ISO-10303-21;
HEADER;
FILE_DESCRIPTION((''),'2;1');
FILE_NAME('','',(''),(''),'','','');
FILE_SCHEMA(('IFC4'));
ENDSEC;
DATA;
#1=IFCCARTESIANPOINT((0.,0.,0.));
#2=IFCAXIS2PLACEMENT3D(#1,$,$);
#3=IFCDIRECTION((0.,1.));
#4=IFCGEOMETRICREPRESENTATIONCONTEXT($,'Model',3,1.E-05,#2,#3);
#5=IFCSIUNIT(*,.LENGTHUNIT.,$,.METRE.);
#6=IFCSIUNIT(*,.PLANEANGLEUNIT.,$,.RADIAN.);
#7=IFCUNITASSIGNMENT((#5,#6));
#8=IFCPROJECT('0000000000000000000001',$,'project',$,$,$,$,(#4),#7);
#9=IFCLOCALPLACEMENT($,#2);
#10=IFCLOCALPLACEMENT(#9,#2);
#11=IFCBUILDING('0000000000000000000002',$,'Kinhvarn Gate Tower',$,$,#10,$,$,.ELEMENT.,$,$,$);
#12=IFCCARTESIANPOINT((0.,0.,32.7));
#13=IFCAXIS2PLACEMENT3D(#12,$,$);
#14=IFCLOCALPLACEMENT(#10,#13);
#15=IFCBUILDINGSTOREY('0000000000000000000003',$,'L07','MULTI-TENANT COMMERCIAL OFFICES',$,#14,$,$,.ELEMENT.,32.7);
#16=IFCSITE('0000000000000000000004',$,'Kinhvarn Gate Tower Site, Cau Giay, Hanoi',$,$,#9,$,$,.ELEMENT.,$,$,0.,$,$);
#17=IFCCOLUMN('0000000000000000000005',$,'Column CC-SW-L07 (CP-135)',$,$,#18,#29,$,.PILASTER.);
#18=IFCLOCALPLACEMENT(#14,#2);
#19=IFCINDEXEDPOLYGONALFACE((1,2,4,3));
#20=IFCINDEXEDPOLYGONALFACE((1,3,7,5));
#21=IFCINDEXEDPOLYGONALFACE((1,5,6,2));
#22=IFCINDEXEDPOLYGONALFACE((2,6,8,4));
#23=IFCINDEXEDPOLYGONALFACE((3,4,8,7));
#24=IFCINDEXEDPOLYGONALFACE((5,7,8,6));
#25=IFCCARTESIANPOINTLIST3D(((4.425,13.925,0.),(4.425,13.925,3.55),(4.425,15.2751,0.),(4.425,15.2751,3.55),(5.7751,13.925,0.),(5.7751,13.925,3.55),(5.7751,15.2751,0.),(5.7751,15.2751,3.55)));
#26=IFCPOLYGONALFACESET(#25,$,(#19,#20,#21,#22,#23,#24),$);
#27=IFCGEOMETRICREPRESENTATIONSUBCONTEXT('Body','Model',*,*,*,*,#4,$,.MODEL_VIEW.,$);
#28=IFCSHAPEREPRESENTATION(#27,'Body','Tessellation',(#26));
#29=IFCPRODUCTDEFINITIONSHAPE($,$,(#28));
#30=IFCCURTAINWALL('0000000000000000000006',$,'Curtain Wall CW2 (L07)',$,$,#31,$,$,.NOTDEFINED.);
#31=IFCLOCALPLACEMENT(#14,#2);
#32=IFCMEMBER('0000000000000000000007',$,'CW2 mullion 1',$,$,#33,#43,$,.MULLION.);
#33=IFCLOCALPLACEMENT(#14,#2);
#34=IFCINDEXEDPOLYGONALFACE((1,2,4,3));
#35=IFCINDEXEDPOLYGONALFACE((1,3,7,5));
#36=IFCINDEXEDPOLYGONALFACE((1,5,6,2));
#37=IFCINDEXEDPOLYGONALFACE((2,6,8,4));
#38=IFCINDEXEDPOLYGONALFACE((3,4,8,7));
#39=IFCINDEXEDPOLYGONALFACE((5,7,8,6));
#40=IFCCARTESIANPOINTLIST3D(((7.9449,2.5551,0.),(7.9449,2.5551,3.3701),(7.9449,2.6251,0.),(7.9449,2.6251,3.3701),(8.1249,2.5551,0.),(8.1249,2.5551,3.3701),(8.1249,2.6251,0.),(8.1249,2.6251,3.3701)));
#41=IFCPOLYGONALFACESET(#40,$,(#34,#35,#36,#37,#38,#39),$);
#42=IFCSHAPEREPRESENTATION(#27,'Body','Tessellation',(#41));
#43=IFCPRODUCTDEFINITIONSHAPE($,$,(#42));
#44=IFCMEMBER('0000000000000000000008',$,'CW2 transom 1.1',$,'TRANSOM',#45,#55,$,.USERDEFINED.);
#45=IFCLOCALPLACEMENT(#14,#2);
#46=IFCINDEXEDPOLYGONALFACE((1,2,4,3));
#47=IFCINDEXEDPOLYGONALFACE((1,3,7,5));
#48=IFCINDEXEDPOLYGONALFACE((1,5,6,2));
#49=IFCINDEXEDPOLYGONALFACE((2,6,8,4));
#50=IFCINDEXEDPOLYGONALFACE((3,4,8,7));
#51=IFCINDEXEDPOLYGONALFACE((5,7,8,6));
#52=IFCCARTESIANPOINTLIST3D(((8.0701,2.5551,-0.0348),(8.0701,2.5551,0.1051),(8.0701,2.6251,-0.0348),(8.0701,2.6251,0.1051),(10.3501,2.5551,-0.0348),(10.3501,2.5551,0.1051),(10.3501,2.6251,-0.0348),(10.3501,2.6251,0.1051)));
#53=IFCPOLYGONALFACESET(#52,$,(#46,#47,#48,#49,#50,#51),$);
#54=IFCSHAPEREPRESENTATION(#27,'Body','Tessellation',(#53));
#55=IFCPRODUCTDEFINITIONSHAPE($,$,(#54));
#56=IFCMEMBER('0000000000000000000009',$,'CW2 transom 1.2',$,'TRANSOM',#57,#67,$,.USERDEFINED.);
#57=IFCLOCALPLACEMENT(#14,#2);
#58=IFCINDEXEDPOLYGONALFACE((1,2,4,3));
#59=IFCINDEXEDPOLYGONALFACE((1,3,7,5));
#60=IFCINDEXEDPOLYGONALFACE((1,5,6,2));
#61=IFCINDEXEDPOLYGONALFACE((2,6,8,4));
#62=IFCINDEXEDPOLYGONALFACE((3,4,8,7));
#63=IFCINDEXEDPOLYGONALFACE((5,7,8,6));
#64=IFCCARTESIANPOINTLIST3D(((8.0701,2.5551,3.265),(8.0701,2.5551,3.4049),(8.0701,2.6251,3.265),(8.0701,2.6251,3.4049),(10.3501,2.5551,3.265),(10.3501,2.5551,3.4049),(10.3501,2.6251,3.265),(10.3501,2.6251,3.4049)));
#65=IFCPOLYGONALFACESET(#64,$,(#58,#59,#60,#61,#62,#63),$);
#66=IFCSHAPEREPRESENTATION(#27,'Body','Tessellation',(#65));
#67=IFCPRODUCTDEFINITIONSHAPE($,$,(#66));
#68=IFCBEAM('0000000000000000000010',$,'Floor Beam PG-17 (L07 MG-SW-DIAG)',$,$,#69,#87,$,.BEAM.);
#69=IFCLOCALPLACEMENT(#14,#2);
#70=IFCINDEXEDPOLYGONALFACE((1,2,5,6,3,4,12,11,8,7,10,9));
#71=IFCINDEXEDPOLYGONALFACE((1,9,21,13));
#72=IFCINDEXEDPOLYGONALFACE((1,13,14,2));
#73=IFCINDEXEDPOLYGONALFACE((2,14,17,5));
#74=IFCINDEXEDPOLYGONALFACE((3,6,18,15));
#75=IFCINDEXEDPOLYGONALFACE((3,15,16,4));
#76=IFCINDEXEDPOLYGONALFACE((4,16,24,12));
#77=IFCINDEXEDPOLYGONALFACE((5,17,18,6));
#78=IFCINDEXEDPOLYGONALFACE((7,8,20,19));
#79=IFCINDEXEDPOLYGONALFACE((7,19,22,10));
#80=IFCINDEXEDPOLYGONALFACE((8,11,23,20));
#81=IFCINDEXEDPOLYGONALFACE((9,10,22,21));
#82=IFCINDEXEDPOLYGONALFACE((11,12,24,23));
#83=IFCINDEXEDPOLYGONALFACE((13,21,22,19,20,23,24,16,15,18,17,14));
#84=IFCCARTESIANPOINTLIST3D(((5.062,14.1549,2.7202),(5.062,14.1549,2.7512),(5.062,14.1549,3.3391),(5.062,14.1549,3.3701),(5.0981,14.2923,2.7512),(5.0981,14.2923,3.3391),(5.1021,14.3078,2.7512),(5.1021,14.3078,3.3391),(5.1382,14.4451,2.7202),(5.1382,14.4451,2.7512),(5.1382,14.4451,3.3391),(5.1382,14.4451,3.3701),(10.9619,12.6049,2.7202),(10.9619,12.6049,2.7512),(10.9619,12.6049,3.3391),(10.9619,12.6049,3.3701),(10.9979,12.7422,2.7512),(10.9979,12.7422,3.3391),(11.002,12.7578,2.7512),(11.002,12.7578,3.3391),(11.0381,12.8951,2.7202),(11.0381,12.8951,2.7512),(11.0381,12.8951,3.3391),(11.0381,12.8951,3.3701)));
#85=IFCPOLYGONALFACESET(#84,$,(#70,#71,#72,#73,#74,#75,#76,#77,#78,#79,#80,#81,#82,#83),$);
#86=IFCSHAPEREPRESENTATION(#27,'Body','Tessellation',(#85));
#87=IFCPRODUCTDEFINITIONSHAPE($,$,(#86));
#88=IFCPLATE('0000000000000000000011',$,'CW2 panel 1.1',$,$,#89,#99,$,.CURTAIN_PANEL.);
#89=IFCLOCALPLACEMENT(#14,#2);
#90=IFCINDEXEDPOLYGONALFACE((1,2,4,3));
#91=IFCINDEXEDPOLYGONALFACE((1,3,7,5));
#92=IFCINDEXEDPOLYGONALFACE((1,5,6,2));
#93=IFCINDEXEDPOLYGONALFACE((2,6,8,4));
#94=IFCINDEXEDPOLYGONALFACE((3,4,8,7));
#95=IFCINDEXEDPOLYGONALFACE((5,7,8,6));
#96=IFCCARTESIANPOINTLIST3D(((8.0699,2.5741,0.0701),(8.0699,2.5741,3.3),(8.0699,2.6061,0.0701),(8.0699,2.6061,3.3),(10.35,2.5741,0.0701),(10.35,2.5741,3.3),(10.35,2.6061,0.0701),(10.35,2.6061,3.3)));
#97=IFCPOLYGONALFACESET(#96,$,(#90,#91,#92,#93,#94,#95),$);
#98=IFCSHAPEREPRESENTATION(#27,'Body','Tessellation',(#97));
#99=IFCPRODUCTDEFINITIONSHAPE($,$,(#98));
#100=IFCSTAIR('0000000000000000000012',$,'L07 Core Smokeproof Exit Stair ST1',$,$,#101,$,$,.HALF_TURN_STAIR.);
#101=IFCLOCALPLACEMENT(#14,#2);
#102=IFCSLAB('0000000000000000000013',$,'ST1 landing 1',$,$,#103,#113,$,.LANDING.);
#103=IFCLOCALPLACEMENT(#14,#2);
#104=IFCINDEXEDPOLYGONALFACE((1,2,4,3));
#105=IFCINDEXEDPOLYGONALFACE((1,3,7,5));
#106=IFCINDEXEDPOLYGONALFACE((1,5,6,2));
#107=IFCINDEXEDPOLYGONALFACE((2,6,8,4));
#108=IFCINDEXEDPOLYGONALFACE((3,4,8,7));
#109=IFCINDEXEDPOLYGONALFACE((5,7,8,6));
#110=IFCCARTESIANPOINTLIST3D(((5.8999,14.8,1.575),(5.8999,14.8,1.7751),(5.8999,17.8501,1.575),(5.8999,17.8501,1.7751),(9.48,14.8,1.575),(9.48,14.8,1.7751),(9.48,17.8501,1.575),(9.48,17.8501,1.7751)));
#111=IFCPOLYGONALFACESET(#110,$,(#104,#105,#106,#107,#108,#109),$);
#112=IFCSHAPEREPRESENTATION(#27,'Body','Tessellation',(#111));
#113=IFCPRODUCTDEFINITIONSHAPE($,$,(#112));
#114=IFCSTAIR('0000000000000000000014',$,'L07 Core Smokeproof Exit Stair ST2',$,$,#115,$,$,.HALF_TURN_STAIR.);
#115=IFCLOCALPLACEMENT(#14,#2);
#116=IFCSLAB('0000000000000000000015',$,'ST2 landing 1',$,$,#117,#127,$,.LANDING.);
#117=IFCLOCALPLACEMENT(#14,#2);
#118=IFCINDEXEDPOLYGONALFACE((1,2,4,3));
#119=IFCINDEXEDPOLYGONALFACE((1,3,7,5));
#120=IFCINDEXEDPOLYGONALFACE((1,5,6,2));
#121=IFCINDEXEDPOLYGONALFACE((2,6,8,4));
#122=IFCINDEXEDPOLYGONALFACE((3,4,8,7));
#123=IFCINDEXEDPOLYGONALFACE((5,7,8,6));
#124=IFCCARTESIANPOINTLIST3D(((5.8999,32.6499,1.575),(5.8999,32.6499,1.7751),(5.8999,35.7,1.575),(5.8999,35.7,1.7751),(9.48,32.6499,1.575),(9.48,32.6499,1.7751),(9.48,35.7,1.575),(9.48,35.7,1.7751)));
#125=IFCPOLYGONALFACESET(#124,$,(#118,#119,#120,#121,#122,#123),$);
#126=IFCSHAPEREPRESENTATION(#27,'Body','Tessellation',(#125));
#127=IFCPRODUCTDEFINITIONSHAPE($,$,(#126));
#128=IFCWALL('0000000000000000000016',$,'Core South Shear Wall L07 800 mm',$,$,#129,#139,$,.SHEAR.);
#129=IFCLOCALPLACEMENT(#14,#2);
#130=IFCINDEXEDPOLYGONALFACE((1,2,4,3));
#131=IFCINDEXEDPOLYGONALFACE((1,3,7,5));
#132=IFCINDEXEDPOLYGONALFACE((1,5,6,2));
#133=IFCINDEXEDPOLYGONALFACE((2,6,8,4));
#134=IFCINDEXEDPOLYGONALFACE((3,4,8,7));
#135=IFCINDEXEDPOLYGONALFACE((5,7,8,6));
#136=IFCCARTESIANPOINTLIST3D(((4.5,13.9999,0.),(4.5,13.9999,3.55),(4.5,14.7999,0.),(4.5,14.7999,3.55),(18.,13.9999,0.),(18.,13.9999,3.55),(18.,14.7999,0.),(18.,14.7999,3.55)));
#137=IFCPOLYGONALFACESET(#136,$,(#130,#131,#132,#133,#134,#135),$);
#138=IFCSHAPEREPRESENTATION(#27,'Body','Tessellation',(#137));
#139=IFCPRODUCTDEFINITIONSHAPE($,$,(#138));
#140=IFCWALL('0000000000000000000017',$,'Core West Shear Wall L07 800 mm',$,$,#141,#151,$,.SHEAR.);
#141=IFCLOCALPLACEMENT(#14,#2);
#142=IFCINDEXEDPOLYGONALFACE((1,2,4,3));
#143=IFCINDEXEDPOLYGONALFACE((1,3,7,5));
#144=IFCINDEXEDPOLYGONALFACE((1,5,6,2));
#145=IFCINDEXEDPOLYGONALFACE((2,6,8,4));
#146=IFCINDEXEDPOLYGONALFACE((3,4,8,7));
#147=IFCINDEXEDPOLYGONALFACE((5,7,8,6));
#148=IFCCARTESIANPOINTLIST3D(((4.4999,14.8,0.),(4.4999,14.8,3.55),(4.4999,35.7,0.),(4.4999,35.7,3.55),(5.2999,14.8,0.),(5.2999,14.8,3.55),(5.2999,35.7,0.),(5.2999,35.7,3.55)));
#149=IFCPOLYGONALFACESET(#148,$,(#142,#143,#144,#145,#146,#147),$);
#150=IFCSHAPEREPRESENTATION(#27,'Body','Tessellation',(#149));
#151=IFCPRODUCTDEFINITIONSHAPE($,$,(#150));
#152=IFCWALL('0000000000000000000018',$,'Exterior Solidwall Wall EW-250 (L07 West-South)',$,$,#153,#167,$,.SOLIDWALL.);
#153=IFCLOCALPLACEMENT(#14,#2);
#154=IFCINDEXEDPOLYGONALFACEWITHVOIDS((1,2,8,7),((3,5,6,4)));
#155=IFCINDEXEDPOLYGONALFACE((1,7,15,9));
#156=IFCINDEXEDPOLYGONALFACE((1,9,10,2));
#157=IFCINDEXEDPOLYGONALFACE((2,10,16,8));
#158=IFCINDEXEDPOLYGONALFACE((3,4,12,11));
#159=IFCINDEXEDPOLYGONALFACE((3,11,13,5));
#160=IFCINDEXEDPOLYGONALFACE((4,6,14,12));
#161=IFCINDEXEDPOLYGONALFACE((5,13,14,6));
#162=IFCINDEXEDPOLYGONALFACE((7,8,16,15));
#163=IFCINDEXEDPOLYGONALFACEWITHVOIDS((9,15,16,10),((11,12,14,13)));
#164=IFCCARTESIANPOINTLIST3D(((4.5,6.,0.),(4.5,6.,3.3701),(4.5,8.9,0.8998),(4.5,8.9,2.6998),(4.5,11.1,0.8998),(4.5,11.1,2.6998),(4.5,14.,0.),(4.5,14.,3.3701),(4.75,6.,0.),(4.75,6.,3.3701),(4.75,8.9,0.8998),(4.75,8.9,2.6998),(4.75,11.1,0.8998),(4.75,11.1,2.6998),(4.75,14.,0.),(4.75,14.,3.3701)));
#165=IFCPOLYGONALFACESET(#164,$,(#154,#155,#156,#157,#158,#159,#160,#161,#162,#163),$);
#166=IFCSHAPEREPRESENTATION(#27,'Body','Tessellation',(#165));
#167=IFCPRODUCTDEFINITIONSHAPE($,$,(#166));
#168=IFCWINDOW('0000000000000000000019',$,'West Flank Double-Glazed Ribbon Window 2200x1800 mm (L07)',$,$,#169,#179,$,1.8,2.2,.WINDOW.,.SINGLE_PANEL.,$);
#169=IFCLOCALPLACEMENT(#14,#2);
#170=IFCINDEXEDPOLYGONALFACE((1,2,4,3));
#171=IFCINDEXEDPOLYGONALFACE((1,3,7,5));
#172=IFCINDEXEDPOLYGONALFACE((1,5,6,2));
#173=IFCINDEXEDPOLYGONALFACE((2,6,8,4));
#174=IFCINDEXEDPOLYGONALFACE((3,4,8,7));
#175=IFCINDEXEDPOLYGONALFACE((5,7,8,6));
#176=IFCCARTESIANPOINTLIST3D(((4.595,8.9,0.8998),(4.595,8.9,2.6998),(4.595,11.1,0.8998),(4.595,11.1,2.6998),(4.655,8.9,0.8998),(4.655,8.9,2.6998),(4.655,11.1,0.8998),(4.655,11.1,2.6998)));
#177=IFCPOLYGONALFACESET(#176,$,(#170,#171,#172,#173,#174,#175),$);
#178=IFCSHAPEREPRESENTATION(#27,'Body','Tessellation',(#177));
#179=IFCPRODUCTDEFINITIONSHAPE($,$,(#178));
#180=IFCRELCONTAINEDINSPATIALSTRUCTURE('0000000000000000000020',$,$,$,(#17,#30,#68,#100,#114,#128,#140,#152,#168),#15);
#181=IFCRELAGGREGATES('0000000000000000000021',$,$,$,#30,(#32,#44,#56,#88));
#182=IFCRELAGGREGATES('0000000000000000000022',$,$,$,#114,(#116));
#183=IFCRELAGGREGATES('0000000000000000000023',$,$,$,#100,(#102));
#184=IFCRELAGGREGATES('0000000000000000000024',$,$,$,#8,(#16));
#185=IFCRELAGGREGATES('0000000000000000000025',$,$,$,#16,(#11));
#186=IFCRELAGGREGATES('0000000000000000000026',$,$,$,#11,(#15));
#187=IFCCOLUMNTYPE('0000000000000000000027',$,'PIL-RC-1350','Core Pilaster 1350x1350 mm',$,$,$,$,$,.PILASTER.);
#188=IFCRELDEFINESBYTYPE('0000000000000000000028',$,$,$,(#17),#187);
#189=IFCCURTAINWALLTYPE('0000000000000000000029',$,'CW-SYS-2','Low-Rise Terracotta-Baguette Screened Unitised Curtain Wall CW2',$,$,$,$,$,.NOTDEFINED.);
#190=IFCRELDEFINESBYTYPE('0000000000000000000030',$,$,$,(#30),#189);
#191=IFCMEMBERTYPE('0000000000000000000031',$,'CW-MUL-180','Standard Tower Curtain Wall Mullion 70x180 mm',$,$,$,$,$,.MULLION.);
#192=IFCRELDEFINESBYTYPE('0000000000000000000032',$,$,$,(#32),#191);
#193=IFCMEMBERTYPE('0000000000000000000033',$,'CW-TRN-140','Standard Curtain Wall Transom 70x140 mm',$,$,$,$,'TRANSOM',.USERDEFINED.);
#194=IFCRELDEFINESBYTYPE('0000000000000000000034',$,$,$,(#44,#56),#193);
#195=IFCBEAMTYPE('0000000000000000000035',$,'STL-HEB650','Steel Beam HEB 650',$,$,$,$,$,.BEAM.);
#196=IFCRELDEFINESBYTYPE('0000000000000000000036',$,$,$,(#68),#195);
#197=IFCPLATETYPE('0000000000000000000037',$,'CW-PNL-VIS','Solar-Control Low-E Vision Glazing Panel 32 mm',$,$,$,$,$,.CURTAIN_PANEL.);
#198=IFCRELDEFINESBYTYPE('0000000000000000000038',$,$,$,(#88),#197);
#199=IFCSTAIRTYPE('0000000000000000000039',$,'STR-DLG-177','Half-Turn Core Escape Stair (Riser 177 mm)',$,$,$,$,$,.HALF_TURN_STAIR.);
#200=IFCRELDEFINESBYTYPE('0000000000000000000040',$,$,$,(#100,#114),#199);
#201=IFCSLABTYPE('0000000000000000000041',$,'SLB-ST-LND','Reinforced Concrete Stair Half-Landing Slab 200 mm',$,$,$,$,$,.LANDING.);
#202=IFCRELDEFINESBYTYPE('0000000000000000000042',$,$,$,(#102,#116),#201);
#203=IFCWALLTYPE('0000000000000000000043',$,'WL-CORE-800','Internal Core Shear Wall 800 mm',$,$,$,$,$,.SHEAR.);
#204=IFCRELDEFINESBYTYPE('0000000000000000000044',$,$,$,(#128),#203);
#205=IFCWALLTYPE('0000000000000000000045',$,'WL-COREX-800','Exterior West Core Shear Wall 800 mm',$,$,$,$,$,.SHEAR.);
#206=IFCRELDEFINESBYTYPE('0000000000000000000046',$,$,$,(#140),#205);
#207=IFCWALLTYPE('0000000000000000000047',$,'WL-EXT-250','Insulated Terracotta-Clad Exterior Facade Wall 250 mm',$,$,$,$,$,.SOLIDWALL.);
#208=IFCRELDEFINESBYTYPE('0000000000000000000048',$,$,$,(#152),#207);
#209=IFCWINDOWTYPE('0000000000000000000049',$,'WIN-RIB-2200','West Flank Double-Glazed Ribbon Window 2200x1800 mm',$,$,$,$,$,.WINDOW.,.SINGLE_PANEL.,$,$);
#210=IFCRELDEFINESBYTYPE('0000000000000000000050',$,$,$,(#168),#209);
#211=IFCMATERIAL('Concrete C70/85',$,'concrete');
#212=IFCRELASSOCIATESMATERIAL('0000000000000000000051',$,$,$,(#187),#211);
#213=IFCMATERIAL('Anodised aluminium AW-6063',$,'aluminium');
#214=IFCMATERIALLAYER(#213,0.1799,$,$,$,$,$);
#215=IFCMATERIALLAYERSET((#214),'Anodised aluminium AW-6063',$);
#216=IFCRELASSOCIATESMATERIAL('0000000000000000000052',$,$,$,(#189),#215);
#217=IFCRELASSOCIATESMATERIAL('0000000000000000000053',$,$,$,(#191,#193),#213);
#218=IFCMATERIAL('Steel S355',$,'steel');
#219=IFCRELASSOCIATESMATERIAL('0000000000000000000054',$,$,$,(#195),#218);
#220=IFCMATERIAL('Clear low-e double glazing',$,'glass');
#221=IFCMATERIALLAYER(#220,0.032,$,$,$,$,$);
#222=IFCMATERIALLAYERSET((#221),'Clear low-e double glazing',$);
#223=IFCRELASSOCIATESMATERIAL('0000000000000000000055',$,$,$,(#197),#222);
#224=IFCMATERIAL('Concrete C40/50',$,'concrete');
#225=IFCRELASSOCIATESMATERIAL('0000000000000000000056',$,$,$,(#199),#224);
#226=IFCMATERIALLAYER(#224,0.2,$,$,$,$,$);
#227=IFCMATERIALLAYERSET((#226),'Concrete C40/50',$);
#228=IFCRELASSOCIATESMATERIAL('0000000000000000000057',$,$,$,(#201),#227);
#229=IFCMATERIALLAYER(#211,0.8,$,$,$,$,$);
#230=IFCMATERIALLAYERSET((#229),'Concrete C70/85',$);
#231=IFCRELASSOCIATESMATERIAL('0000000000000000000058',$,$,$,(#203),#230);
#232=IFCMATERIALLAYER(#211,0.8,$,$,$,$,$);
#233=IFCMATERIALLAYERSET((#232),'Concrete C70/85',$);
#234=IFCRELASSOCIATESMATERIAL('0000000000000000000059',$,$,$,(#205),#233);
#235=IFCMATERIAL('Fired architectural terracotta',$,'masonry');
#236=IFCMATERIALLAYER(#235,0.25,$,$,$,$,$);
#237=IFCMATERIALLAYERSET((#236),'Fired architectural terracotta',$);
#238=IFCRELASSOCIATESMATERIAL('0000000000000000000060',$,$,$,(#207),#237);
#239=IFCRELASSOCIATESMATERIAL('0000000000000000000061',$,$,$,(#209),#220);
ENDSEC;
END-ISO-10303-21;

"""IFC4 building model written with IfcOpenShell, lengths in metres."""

from ifc_helpers import new_model, si_unit, direction, frame, frame_2d, origin, origin_2d, place, context, subcontext, project, spatial, polyline, rectangle, i_section, outline, extrude, material, layer, layer_set, material_profile, profile_set, type_object, element, fill, aggregate, save


model = new_model("IFC4")

# Units and contexts
model_context = context("Model", 3, precision=1e-05, world=origin(), true_north=direction((0.0, 1.0)))
body_context = subcontext(model_context, "Body", "Model", "MODEL_VIEW")
ifc_project = project(units=[si_unit("LENGTHUNIT", "METRE"), si_unit("PLANEANGLEUNIT", "RADIAN")], contexts=[model_context])

# Site, building, storey
site_placement = place(None, origin())
site = spatial("IfcSite", under=ifc_project, at=site_placement, Name="Kinhvarn Gate Tower Site, Cau Giay, Hanoi", CompositionType="ELEMENT", RefElevation=0.0)
building_placement = place(site_placement, origin())
building = spatial("IfcBuilding", under=site, at=building_placement, Name="Kinhvarn Gate Tower", CompositionType="ELEMENT")
storey_placement = place(building_placement, frame((0.0, 0.0, 32.7)))
storey = spatial("IfcBuildingStorey", under=building, at=storey_placement, Name="L07", Description="MULTI-TENANT COMMERCIAL OFFICES", CompositionType="ELEMENT", Elevation=32.7)

# Column
ifc_material_1 = material(Name="Concrete C70/85", Category="concrete")
ifc_material_profile_1 = material_profile(ifc_material_1, rectangle(XDim=1.3501, YDim=1.3501, at=origin_2d()), Name="RC 1350x1350")
ifc_profile_set_1 = profile_set([ifc_material_profile_1], Name="Concrete C70/85")
column_type = type_object("IfcColumnType", Name="PIL-RC-1350", Description="Core Pilaster 1350x1350 mm", PredefinedType="PILASTER", material=ifc_profile_set_1)
column_placement = place(storey_placement, frame((5.1001, 14.6001, 0.0), z_axis=(0.0, 0.0, 1.0), x_axis=(1.0, 0.0, 0.0)))
element("IfcColumn", 1, at=column_placement, inside=storey, type_object=column_type, Name="Column CC-SW-L07 (CP-135)", PredefinedType="PILASTER", context=body_context, shape_type="SweptSolid", body=[
    extrude(rectangle(XDim=1.3501, YDim=1.3501, at=origin_2d()), origin(), (0.0, 0.0, 1.0), 3.55),
])

# Curtain wall, members
ifc_material_2 = material(Name="Anodised aluminium AW-6063", Category="aluminium")
ifc_layer_1 = layer(ifc_material_2, 0.1799)
ifc_layer_set_1 = layer_set([ifc_layer_1], Name="Anodised aluminium AW-6063")
curtain_wall_type = type_object("IfcCurtainWallType", Name="CW-SYS-2", Description="Low-Rise Terracotta-Baguette Screened Unitised Curtain Wall CW2", PredefinedType="NOTDEFINED", material=ifc_layer_set_1)
curtain_wall_placement = place(storey_placement, origin())
curtain_wall = element("IfcCurtainWall", 2, at=curtain_wall_placement, inside=storey, type_object=curtain_wall_type, Name="Curtain Wall CW2 (L07)", PredefinedType="NOTDEFINED")
ifc_material_profile_2 = material_profile(ifc_material_2, rectangle(XDim=0.0701, YDim=0.1799, at=origin_2d()), Name="ALU 70x180")
ifc_profile_set_2 = profile_set([ifc_material_profile_2], Name="Anodised aluminium AW-6063")
member_type_1 = type_object("IfcMemberType", Name="CW-MUL-180", Description="Standard Tower Curtain Wall Mullion 70x180 mm", PredefinedType="MULLION", material=ifc_profile_set_2)
member_1_placement = place(storey_placement, frame((8.0349, 2.5901, 0.0), z_axis=(0.0, 0.0, 1.0), x_axis=(0.0, 1.0, 0.0)))
member_1 = element("IfcMember", 3, at=member_1_placement, type_object=member_type_1, Name="CW2 mullion 1", PredefinedType="MULLION", context=body_context, shape_type="SweptSolid", body=[
    extrude(rectangle(XDim=0.0701, YDim=0.1799, at=origin_2d()), origin(), (0.0, 0.0, 1.0), 3.3701),
])
ifc_material_profile_3 = material_profile(ifc_material_2, rectangle(XDim=0.0701, YDim=0.1399, at=origin_2d()), Name="ALU 70x140")
ifc_profile_set_3 = profile_set([ifc_material_profile_3], Name="Anodised aluminium AW-6063")
member_type_2 = type_object("IfcMemberType", Name="CW-TRN-140", Description="Standard Curtain Wall Transom 70x140 mm", ElementType="TRANSOM", PredefinedType="USERDEFINED", material=ifc_profile_set_3)
member_2_placement = place(storey_placement, frame((8.0701, 2.5901, 0.0352), z_axis=(1.0, 0.0, 0.0), x_axis=(0.0, 1.0, 0.0)))
member_2 = element("IfcMember", 4, at=member_2_placement, type_object=member_type_2, Name="CW2 transom 1.1", ObjectType="TRANSOM", PredefinedType="USERDEFINED", context=body_context, shape_type="SweptSolid", body=[
    extrude(rectangle(XDim=0.0701, YDim=0.1399, at=origin_2d()), origin(), (0.0, 0.0, 1.0), 2.28),
])
member_3_placement = place(storey_placement, frame((8.0701, 2.5901, 3.335), z_axis=(1.0, 0.0, 0.0), x_axis=(0.0, 1.0, 0.0)))
member_3 = element("IfcMember", 5, at=member_3_placement, type_object=member_type_2, Name="CW2 transom 1.2", ObjectType="TRANSOM", PredefinedType="USERDEFINED", context=body_context, shape_type="SweptSolid", body=[
    extrude(rectangle(XDim=0.0701, YDim=0.1399, at=origin_2d()), origin(), (0.0, 0.0, 1.0), 2.28),
])

# Beam
ifc_material_3 = material(Name="Steel S355", Category="steel")
ifc_material_profile_4 = material_profile(ifc_material_3, i_section(OverallWidth=0.3, OverallDepth=0.6499, WebThickness=0.0161, FlangeThickness=0.031, at=origin_2d()), Name="HEB 650")
ifc_profile_set_4 = profile_set([ifc_material_profile_4], Name="Steel S355")
beam_type = type_object("IfcBeamType", Name="STL-HEB650", Description="Steel Beam HEB 650", PredefinedType="BEAM", material=ifc_profile_set_4)
beam_placement = place(storey_placement, frame((5.1001, 14.3, 3.0452), z_axis=(0.967178, -0.254101, 0.0), x_axis=(0.254101, 0.967178, 0.0)))
element("IfcBeam", 6, at=beam_placement, inside=storey, type_object=beam_type, Name="Floor Beam PG-17 (L07 MG-SW-DIAG)", PredefinedType="BEAM", context=body_context, shape_type="SweptSolid", body=[
    extrude(i_section(OverallWidth=0.3, OverallDepth=0.6499, WebThickness=0.0161, FlangeThickness=0.031, at=origin_2d()), origin(), (0.0, 0.0, 1.0), 6.1001),
])

# Plate
ifc_material_4 = material(Name="Clear low-e double glazing", Category="glass")
ifc_layer_2 = layer(ifc_material_4, 0.032)
ifc_layer_set_2 = layer_set([ifc_layer_2], Name="Clear low-e double glazing")
plate_type = type_object("IfcPlateType", Name="CW-PNL-VIS", Description="Solar-Control Low-E Vision Glazing Panel 32 mm", PredefinedType="CURTAIN_PANEL", material=ifc_layer_set_2)
plate_placement = place(storey_placement, frame((9.21, 2.5901, 0.0701), z_axis=(0.0, 0.0, 1.0), x_axis=(1.0, 0.0, 0.0)))
plate = element("IfcPlate", 7, at=plate_placement, type_object=plate_type, Name="CW2 panel 1.1", PredefinedType="CURTAIN_PANEL", context=body_context, shape_type="SweptSolid", body=[
    extrude(rectangle(XDim=2.28, YDim=0.032, at=origin_2d()), origin(), (0.0, 0.0, 1.0), 3.23),
])
aggregate(curtain_wall, [member_1, member_2, member_3, plate])

# Stairs, slabs
ifc_material_5 = material(Name="Concrete C40/50", Category="concrete")
stair_type = type_object("IfcStairType", Name="STR-DLG-177", Description="Half-Turn Core Escape Stair (Riser 177 mm)", PredefinedType="HALF_TURN_STAIR", material=ifc_material_5)
stair_1_placement = place(storey_placement, origin())
stair_1 = element("IfcStair", 8, at=stair_1_placement, inside=storey, type_object=stair_type, Name="L07 Core Smokeproof Exit Stair ST1", PredefinedType="HALF_TURN_STAIR")
ifc_layer_3 = layer(ifc_material_5, 0.2)
ifc_layer_set_3 = layer_set([ifc_layer_3], Name="Concrete C40/50")
slab_type = type_object("IfcSlabType", Name="SLB-ST-LND", Description="Reinforced Concrete Stair Half-Landing Slab 200 mm", PredefinedType="LANDING", material=ifc_layer_set_3)
slab_1_placement = place(storey_placement, frame((0.0, 0.0, 1.575)))
slab_1 = element("IfcSlab", 9, at=slab_1_placement, type_object=slab_type, Name="ST1 landing 1", PredefinedType="LANDING", context=body_context, shape_type="SweptSolid", body=[
    extrude(outline(polyline([(9.48, 17.8501), (5.8999, 17.8501), (5.8999, 14.8), (9.48, 14.8), (9.48, 17.8501)])), origin(), (0.0, 0.0, 1.0), 0.2002),
])
stair_2_placement = place(storey_placement, origin())
stair_2 = element("IfcStair", 10, at=stair_2_placement, inside=storey, type_object=stair_type, Name="L07 Core Smokeproof Exit Stair ST2", PredefinedType="HALF_TURN_STAIR")
slab_2_placement = place(storey_placement, frame((0.0, 0.0, 1.575)))
slab_2 = element("IfcSlab", 11, at=slab_2_placement, type_object=slab_type, Name="ST2 landing 1", PredefinedType="LANDING", context=body_context, shape_type="SweptSolid", body=[
    extrude(outline(polyline([(9.48, 35.7), (5.8999, 35.7), (5.8999, 32.6499), (9.48, 32.6499), (9.48, 35.7)])), origin(), (0.0, 0.0, 1.0), 0.2002),
])
aggregate(stair_2, [slab_2])

# Walls
ifc_layer_4 = layer(ifc_material_1, 0.8)
ifc_layer_set_4 = layer_set([ifc_layer_4], Name="Concrete C70/85")
wall_type_1 = type_object("IfcWallType", Name="WL-CORE-800", Description="Internal Core Shear Wall 800 mm", PredefinedType="SHEAR", material=ifc_layer_set_4)
wall_1_placement = place(storey_placement, frame((4.5, 14.3999, 0.0), z_axis=(0.0, 0.0, 1.0), x_axis=(1.0, 0.0, 0.0)))
element("IfcWall", 12, at=wall_1_placement, inside=storey, type_object=wall_type_1, Name="Core South Shear Wall L07 800 mm", PredefinedType="SHEAR", context=body_context, shape_type="SweptSolid", body=[
    extrude(rectangle(XDim=13.5, YDim=0.8, at=frame_2d((6.75, 0.0))), origin(), (0.0, 0.0, 1.0), 3.55),
])
ifc_layer_5 = layer(ifc_material_1, 0.8)
ifc_layer_set_5 = layer_set([ifc_layer_5], Name="Concrete C70/85")
wall_type_2 = type_object("IfcWallType", Name="WL-COREX-800", Description="Exterior West Core Shear Wall 800 mm", PredefinedType="SHEAR", material=ifc_layer_set_5)
wall_2_placement = place(storey_placement, frame((4.8999, 14.8, 0.0), z_axis=(0.0, 0.0, 1.0), x_axis=(0.0, 1.0, 0.0)))
element("IfcWall", 13, at=wall_2_placement, inside=storey, type_object=wall_type_2, Name="Core West Shear Wall L07 800 mm", PredefinedType="SHEAR", context=body_context, shape_type="SweptSolid", body=[
    extrude(rectangle(XDim=20.8999, YDim=0.8, at=frame_2d((10.45, 0.0))), origin(), (0.0, 0.0, 1.0), 3.55),
])

# Wall, opening, window
ifc_material_6 = material(Name="Fired architectural terracotta", Category="masonry")
ifc_layer_6 = layer(ifc_material_6, 0.25)
ifc_layer_set_6 = layer_set([ifc_layer_6], Name="Fired architectural terracotta")
wall_type_3 = type_object("IfcWallType", Name="WL-EXT-250", Description="Insulated Terracotta-Clad Exterior Facade Wall 250 mm", PredefinedType="SOLIDWALL", material=ifc_layer_set_6)
wall_3_placement = place(storey_placement, frame((4.625, 14.0, 0.0), z_axis=(0.0, 0.0, 1.0), x_axis=(0.0, -1.0, 0.0)))
wall_3 = element("IfcWall", 14, at=wall_3_placement, inside=storey, type_object=wall_type_3, Name="Exterior Solidwall Wall EW-250 (L07 West-South)", PredefinedType="SOLIDWALL", context=body_context, shape_type="SweptSolid", body=[
    extrude(rectangle(XDim=8.0, YDim=0.25, at=frame_2d((4.0, 0.0))), origin(), (0.0, 0.0, 1.0), 3.3701),
])
opening_1_placement = place(wall_3_placement, frame((2.8999, 0.0, 0.8999)))
opening_1 = element("IfcOpeningElement", 15, at=opening_1_placement, cuts=wall_3, PredefinedType="OPENING", context=body_context, shape_type="SweptSolid", body=[
    extrude(rectangle(XDim=2.2, YDim=1.8, at=frame_2d((1.1001, 0.8999))), frame((0.0, 0.135, 0.0), z_axis=(0.0, -1.0, 0.0), x_axis=(1.0, 0.0, 0.0)), (0.0, 0.0, 1.0), 0.27),
])
window_type_1 = type_object("IfcWindowType", Name="WIN-RIB-2200", Description="West Flank Double-Glazed Ribbon Window 2200x1800 mm", PartitioningType="SINGLE_PANEL", PredefinedType="WINDOW", material=ifc_material_4)
window_1_placement = place(opening_1_placement, origin())
window_1 = element("IfcWindow", 16, at=window_1_placement, inside=storey, type_object=window_type_1, Name="West Flank Double-Glazed Ribbon Window 2200x1800 mm (L07)", OverallHeight=1.8, OverallWidth=2.2, PartitioningType="SINGLE_PANEL", PredefinedType="WINDOW", context=body_context, shape_type="SweptSolid", body=[
    extrude(rectangle(XDim=2.2, YDim=1.8, at=frame_2d((1.1001, 0.8999))), frame((0.0, 0.03, 0.0), z_axis=(0.0, -1.0, 0.0), x_axis=(1.0, 0.0, 0.0)), (0.0, 0.0, 1.0), 0.0601),
])
fill(opening_1, window_1)

aggregate(stair_1, [slab_1])

save(model, "model.ifc")
